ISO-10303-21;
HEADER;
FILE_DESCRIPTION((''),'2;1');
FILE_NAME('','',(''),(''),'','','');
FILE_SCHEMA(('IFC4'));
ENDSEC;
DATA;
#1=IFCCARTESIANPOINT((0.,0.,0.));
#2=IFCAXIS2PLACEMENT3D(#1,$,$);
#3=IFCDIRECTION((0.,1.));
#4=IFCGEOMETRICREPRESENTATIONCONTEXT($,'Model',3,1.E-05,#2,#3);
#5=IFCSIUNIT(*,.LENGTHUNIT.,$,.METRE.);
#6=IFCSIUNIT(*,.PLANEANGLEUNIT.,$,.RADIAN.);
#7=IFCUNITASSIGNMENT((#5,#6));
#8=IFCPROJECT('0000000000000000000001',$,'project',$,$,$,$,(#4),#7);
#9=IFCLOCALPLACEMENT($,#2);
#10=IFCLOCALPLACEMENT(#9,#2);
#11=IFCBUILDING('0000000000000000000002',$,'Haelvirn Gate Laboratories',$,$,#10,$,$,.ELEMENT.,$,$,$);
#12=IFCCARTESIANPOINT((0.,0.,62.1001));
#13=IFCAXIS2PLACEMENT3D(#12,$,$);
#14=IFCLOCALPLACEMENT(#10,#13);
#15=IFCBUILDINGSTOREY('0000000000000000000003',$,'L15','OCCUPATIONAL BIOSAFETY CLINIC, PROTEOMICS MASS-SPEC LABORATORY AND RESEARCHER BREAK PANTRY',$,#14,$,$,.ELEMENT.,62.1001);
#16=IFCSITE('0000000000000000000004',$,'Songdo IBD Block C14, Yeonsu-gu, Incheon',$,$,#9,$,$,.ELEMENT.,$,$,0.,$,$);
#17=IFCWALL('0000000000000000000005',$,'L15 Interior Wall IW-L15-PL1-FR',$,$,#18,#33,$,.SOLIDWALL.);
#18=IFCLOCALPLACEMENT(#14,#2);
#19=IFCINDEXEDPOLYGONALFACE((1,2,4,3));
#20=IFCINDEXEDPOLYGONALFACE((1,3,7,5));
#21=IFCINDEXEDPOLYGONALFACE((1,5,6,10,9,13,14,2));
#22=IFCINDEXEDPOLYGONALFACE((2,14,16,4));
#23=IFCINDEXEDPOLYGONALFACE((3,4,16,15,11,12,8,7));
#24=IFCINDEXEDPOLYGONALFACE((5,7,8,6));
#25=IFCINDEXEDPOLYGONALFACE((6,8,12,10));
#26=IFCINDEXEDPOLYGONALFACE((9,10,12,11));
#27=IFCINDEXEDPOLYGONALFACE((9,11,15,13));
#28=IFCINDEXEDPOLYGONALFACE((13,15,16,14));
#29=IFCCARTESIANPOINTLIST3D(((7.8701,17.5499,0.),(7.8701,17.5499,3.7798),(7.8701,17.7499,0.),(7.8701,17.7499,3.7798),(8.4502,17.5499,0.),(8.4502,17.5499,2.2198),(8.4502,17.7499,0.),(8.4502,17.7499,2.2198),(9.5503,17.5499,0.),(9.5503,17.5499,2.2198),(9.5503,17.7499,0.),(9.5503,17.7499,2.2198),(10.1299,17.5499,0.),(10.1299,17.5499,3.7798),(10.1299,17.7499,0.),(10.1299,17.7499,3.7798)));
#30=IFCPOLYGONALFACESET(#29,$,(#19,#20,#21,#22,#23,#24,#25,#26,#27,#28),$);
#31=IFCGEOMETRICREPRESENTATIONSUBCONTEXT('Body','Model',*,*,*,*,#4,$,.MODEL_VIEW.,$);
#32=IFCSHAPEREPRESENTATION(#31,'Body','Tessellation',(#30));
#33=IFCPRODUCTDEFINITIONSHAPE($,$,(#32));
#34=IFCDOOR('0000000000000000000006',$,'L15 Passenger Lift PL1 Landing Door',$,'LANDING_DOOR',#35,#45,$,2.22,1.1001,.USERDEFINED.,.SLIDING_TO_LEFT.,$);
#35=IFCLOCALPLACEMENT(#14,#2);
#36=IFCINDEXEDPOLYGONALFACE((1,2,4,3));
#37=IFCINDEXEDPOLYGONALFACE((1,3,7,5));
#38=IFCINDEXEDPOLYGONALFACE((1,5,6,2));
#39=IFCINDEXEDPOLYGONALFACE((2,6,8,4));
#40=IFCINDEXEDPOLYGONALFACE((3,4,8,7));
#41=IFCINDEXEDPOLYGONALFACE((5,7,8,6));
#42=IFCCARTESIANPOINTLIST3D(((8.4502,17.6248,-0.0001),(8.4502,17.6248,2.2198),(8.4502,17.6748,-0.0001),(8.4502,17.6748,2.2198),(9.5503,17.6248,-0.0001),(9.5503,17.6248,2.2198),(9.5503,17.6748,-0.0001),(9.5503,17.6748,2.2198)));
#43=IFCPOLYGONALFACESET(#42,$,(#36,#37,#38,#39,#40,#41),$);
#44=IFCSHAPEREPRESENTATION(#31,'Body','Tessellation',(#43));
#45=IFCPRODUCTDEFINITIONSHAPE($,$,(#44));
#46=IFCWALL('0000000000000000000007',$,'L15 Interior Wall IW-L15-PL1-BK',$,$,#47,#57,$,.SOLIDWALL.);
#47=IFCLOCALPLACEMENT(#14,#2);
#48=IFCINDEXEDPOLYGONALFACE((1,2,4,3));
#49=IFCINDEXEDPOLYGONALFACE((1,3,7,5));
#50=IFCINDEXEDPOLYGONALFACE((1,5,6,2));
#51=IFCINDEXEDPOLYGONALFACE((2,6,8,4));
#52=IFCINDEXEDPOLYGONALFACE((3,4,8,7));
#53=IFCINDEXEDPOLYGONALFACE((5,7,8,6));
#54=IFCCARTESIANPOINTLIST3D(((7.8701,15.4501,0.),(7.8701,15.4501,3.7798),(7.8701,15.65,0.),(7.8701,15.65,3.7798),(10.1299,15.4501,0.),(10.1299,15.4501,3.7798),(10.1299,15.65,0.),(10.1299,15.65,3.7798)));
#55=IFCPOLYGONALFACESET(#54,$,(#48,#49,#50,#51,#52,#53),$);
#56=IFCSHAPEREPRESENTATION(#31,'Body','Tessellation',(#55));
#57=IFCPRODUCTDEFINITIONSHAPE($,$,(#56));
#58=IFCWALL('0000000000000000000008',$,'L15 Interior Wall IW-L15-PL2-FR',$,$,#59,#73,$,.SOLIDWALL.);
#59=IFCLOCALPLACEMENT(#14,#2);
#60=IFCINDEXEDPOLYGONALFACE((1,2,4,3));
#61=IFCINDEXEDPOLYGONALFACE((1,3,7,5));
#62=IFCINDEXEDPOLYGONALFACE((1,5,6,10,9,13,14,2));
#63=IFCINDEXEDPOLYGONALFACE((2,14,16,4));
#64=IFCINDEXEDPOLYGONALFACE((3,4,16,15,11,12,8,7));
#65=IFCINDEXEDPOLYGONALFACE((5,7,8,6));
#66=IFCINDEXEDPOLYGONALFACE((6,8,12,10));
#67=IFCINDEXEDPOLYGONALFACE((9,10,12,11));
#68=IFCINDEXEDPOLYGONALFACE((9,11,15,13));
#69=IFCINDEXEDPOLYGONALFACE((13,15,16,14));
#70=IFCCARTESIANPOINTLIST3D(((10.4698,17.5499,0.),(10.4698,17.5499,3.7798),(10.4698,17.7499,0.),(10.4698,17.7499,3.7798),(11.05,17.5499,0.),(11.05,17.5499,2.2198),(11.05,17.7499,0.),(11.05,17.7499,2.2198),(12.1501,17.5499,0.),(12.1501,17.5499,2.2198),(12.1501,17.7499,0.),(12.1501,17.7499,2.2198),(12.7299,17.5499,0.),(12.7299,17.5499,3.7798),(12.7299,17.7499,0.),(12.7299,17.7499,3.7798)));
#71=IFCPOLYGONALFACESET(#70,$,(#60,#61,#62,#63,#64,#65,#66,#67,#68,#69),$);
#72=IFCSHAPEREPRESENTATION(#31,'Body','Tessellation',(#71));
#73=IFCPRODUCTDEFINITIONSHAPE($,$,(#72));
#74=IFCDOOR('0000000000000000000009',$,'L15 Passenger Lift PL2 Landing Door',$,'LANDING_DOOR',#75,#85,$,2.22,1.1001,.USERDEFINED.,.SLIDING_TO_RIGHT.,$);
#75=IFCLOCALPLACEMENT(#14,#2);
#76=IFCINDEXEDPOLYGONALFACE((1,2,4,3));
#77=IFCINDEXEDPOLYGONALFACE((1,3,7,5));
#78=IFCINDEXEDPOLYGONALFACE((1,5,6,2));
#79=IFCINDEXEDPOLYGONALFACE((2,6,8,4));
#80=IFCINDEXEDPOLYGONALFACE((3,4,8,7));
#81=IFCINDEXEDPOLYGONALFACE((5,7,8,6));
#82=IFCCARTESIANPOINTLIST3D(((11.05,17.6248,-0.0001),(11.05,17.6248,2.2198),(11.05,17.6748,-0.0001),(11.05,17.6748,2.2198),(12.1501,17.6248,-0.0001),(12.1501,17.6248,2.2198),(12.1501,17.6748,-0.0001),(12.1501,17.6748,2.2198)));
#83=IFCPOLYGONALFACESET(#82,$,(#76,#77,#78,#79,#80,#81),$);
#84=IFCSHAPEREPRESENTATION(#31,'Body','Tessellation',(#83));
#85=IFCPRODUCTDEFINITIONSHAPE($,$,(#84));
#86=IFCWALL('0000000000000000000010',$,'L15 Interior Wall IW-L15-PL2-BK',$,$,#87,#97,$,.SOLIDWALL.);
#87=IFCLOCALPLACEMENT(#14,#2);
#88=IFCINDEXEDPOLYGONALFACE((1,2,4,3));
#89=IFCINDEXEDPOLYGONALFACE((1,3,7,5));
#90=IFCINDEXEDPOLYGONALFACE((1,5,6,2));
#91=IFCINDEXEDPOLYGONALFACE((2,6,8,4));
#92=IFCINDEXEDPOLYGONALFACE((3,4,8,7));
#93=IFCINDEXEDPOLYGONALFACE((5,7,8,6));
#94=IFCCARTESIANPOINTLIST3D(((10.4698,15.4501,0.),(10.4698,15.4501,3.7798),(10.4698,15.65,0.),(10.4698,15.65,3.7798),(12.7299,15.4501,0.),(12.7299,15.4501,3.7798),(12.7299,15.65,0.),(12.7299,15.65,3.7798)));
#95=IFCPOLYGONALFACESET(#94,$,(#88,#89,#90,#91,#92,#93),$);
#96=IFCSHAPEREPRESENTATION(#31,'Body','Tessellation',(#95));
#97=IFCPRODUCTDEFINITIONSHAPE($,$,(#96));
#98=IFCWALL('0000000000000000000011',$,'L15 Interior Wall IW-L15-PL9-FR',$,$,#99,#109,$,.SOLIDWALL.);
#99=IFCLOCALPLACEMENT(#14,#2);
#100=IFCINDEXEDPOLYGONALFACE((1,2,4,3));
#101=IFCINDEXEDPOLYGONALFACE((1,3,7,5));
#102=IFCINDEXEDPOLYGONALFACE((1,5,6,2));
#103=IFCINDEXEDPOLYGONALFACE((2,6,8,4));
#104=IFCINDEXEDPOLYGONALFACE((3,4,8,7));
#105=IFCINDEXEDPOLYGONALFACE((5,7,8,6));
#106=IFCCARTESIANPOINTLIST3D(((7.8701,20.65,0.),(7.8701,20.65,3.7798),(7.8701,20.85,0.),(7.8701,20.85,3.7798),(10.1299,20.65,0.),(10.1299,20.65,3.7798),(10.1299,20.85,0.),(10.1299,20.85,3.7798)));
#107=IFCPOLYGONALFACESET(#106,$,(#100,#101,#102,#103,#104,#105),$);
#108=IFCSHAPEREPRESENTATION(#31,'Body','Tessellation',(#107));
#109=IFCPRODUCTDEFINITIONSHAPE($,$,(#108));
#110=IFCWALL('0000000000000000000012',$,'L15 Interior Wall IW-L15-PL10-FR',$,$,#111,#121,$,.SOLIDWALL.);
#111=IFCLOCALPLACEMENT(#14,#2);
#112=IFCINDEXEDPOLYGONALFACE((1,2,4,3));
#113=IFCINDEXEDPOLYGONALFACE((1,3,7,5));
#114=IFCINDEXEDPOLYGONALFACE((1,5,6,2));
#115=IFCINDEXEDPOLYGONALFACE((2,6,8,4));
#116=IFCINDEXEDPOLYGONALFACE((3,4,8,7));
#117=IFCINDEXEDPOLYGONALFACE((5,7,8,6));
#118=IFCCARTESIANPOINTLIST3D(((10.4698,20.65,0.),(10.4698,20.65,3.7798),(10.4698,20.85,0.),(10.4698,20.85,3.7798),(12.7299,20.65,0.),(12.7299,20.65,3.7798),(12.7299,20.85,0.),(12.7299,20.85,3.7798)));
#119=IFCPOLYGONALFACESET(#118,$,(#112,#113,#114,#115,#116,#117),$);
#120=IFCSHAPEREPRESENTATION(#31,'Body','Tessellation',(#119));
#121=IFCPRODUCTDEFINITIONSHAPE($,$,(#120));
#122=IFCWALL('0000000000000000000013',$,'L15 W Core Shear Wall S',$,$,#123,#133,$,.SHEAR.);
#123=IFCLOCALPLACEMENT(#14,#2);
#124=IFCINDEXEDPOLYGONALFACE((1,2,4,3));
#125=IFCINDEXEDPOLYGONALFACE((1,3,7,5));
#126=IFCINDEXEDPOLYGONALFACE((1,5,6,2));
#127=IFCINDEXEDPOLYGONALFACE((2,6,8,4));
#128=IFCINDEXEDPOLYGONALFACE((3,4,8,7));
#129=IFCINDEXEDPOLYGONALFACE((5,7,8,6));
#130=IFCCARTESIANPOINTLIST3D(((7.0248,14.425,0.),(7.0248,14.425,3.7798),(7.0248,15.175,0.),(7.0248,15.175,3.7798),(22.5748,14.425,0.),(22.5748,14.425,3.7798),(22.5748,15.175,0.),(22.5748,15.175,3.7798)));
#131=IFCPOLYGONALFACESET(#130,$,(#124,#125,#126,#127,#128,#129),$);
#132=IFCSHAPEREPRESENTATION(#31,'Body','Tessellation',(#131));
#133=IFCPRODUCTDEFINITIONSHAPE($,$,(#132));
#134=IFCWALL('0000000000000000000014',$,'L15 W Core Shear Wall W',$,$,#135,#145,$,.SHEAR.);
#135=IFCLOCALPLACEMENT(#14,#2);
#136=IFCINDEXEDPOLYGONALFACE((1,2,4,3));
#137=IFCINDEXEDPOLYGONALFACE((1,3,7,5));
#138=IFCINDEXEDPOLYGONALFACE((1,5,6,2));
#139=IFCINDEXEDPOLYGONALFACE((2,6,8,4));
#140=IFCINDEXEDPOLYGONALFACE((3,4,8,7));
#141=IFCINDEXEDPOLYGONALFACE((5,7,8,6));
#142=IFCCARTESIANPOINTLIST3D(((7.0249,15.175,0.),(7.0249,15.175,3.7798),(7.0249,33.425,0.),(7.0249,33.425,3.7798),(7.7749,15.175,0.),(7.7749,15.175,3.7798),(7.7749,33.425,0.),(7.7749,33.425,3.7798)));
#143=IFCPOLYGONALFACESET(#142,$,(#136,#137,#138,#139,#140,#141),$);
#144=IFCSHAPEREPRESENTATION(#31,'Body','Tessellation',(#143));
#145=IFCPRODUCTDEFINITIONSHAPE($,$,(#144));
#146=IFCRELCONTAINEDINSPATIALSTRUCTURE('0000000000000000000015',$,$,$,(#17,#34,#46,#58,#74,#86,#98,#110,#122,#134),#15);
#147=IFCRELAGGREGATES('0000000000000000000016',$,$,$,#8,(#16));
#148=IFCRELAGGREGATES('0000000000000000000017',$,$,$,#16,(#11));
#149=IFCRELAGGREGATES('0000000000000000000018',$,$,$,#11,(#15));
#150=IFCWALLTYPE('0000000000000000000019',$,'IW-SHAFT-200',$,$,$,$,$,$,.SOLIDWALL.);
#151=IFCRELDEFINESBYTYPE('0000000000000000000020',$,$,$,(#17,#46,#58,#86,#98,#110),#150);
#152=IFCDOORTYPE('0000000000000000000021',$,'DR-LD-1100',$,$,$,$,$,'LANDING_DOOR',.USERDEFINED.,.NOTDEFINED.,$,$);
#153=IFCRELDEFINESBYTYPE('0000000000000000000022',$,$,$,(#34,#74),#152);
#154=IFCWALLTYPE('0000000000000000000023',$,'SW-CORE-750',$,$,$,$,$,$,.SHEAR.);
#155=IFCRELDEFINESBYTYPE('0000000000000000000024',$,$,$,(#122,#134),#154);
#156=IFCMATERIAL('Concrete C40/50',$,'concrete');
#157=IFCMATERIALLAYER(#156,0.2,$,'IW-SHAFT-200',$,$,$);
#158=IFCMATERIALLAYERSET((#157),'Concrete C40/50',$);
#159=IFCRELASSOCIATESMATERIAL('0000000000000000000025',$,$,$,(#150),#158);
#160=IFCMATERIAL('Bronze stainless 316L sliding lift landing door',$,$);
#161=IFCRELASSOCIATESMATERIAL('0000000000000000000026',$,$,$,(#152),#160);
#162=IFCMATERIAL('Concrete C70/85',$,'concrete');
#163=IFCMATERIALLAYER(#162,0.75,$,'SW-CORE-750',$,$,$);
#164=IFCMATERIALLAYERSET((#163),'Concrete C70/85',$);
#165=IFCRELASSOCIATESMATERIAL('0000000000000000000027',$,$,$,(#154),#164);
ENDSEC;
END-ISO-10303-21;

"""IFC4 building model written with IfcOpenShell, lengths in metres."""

from ifc_helpers import new_model, si_unit, direction, frame, frame_2d, origin, place, context, subcontext, project, spatial, rectangle, extrude, source, transform, mapped, material, layer, layer_set, type_object, type_shapes, element, fill, save


model = new_model("IFC4")

# Units and contexts
model_context = context("Model", 3, precision=1e-05, world=origin(), true_north=direction((0.0, 1.0)))
body_context = subcontext(model_context, "Body", "Model", "MODEL_VIEW")
ifc_project = project(units=[si_unit("LENGTHUNIT", "METRE"), si_unit("PLANEANGLEUNIT", "RADIAN")], contexts=[model_context])

# Site, building, storey
site_placement = place(None, origin())
site = spatial("IfcSite", under=ifc_project, at=site_placement, Name="Songdo IBD Block C14, Yeonsu-gu, Incheon", CompositionType="ELEMENT", RefElevation=0.0)
building_placement = place(site_placement, origin())
building = spatial("IfcBuilding", under=site, at=building_placement, Name="Haelvirn Gate Laboratories", CompositionType="ELEMENT")
storey_placement = place(building_placement, frame((0.0, 0.0, 62.1001)))
storey = spatial("IfcBuildingStorey", under=building, at=storey_placement, Name="L15", Description="OCCUPATIONAL BIOSAFETY CLINIC, PROTEOMICS MASS-SPEC LABORATORY AND RESEARCHER BREAK PANTRY", CompositionType="ELEMENT", Elevation=62.1001)

# Shared definitions
ifc_material_1 = material(Name="Concrete C70/85", Category="concrete")

# Shared definitions
ifc_material_2 = material(Name="Concrete C40/50", Category="concrete")

# Wall, opening, door
ifc_layer_1 = layer(ifc_material_2, 0.2, Name="IW-SHAFT-200")
ifc_layer_set_1 = layer_set([ifc_layer_1], Name="Concrete C40/50")
wall_type_1 = type_object("IfcWallType", Name="IW-SHAFT-200", PredefinedType="SOLIDWALL", material=ifc_layer_set_1)
wall_1_placement = place(storey_placement, frame((7.8701, 17.6499, 0.0), z_axis=(0.0, 0.0, 1.0), x_axis=(1.0, 0.0, 0.0)))
wall_1 = element("IfcWall", 1, at=wall_1_placement, inside=storey, type_object=wall_type_1, Name="L15 Interior Wall IW-L15-PL1-FR", PredefinedType="SOLIDWALL", context=body_context, shape_type="SweptSolid", body=[
    extrude(rectangle(XDim=2.2598, YDim=0.2, at=frame_2d((1.1299, 0.0))), origin(), (0.0, 0.0, 1.0), 3.7798),
])
opening_1_placement = place(wall_1_placement, frame((0.5801, 0.0, 0.0)))
opening_1 = element("IfcOpeningElement", 2, at=opening_1_placement, cuts=wall_1, PredefinedType="OPENING", context=body_context, shape_type="SweptSolid", body=[
    extrude(rectangle(XDim=1.1001, YDim=2.22, at=frame_2d((0.55, 1.1099))), frame((0.0, 0.1099, 0.0), z_axis=(0.0, -1.0, 0.0), x_axis=(1.0, 0.0, 0.0)), (0.0, 0.0, 1.0), 0.22),
])
ifc_material_3 = material(Name="Bronze stainless 316L sliding lift landing door")
door_type_1 = type_object("IfcDoorType", Name="DR-LD-1100", ElementType="LANDING_DOOR", OperationType="NOTDEFINED", PredefinedType="USERDEFINED", material=ifc_material_3)
shared_shape_1 = source(origin(), body_context, "Body", "SweptSolid", [
    extrude(rectangle(XDim=1.1001, YDim=2.22, at=frame_2d((0.55, 1.1099))), frame((0.0, 0.0249, 0.0), z_axis=(0.0, -1.0, 0.0), x_axis=(1.0, 0.0, 0.0)), (0.0, 0.0, 1.0), 0.05),
])
type_shapes(door_type_1, [shared_shape_1])
door_1_placement = place(opening_1_placement, origin())
door_1 = element("IfcDoor", 3, at=door_1_placement, inside=storey, type_object=door_type_1, Name="L15 Passenger Lift PL1 Landing Door", ObjectType="LANDING_DOOR", OperationType="SLIDING_TO_LEFT", OverallHeight=2.22, OverallWidth=1.1001, PredefinedType="USERDEFINED", context=body_context, shape_type="MappedRepresentation", body=[
    mapped(shared_shape_1, transform((0.0, 0.0, 0.0), scale=1.0)),
])
fill(opening_1, door_1)

# Wall
wall_2_placement = place(storey_placement, frame((7.8701, 15.55, 0.0), z_axis=(0.0, 0.0, 1.0), x_axis=(1.0, 0.0, 0.0)))
element("IfcWall", 4, at=wall_2_placement, inside=storey, type_object=wall_type_1, Name="L15 Interior Wall IW-L15-PL1-BK", PredefinedType="SOLIDWALL", context=body_context, shape_type="SweptSolid", body=[
    extrude(rectangle(XDim=2.2598, YDim=0.2, at=frame_2d((1.1299, 0.0))), origin(), (0.0, 0.0, 1.0), 3.7798),
])

# Wall, opening, door
wall_3_placement = place(storey_placement, frame((10.47, 17.6499, 0.0), z_axis=(0.0, 0.0, 1.0), x_axis=(1.0, 0.0, 0.0)))
wall_3 = element("IfcWall", 5, at=wall_3_placement, inside=storey, type_object=wall_type_1, Name="L15 Interior Wall IW-L15-PL2-FR", PredefinedType="SOLIDWALL", context=body_context, shape_type="SweptSolid", body=[
    extrude(rectangle(XDim=2.26, YDim=0.2, at=frame_2d((1.1299, 0.0))), origin(), (0.0, 0.0, 1.0), 3.7798),
])
opening_2_placement = place(wall_3_placement, frame((0.5801, 0.0, 0.0)))
opening_2 = element("IfcOpeningElement", 6, at=opening_2_placement, cuts=wall_3, PredefinedType="OPENING", context=body_context, shape_type="SweptSolid", body=[
    extrude(rectangle(XDim=1.1001, YDim=2.22, at=frame_2d((0.55, 1.1099))), frame((0.0, 0.1099, 0.0), z_axis=(0.0, -1.0, 0.0), x_axis=(1.0, 0.0, 0.0)), (0.0, 0.0, 1.0), 0.22),
])
door_2_placement = place(opening_2_placement, origin())
door_2 = element("IfcDoor", 7, at=door_2_placement, inside=storey, type_object=door_type_1, Name="L15 Passenger Lift PL2 Landing Door", ObjectType="LANDING_DOOR", OperationType="SLIDING_TO_RIGHT", OverallHeight=2.22, OverallWidth=1.1001, PredefinedType="USERDEFINED", context=body_context, shape_type="MappedRepresentation", body=[
    mapped(shared_shape_1, transform((0.0, 0.0, 0.0), scale=1.0)),
])
fill(opening_2, door_2)

# Walls
wall_4_placement = place(storey_placement, frame((10.47, 15.55, 0.0), z_axis=(0.0, 0.0, 1.0), x_axis=(1.0, 0.0, 0.0)))
element("IfcWall", 8, at=wall_4_placement, inside=storey, type_object=wall_type_1, Name="L15 Interior Wall IW-L15-PL2-BK", PredefinedType="SOLIDWALL", context=body_context, shape_type="SweptSolid", body=[
    extrude(rectangle(XDim=2.26, YDim=0.2, at=frame_2d((1.1299, 0.0))), origin(), (0.0, 0.0, 1.0), 3.7798),
])
wall_5_placement = place(storey_placement, frame((7.8701, 20.75, 0.0), z_axis=(0.0, 0.0, 1.0), x_axis=(1.0, 0.0, 0.0)))
element("IfcWall", 9, at=wall_5_placement, inside=storey, type_object=wall_type_1, Name="L15 Interior Wall IW-L15-PL9-FR", PredefinedType="SOLIDWALL", context=body_context, shape_type="SweptSolid", body=[
    extrude(rectangle(XDim=2.2598, YDim=0.2, at=frame_2d((1.1299, 0.0))), origin(), (0.0, 0.0, 1.0), 3.7798),
])
wall_6_placement = place(storey_placement, frame((10.47, 20.75, 0.0), z_axis=(0.0, 0.0, 1.0), x_axis=(1.0, 0.0, 0.0)))
element("IfcWall", 10, at=wall_6_placement, inside=storey, type_object=wall_type_1, Name="L15 Interior Wall IW-L15-PL10-FR", PredefinedType="SOLIDWALL", context=body_context, shape_type="SweptSolid", body=[
    extrude(rectangle(XDim=2.26, YDim=0.2, at=frame_2d((1.1299, 0.0))), origin(), (0.0, 0.0, 1.0), 3.7798),
])
ifc_layer_2 = layer(ifc_material_1, 0.75, Name="SW-CORE-750")
ifc_layer_set_2 = layer_set([ifc_layer_2], Name="Concrete C70/85")
wall_type_2 = type_object("IfcWallType", Name="SW-CORE-750", PredefinedType="SHEAR", material=ifc_layer_set_2)
wall_7_placement = place(storey_placement, frame((7.0249, 14.8, 0.0), z_axis=(0.0, 0.0, 1.0), x_axis=(1.0, 0.0, 0.0)))
element("IfcWall", 11, at=wall_7_placement, inside=storey, type_object=wall_type_2, Name="L15 W Core Shear Wall S", PredefinedType="SHEAR", context=body_context, shape_type="SweptSolid", body=[
    extrude(rectangle(XDim=15.55, YDim=0.75, at=frame_2d((7.7749, 0.0))), origin(), (0.0, 0.0, 1.0), 3.7798),
])
wall_8_placement = place(storey_placement, frame((7.3999, 15.175, 0.0), z_axis=(0.0, 0.0, 1.0), x_axis=(0.0, 1.0, 0.0)))
element("IfcWall", 12, at=wall_8_placement, inside=storey, type_object=wall_type_2, Name="L15 W Core Shear Wall W", PredefinedType="SHEAR", context=body_context, shape_type="SweptSolid", body=[
    extrude(rectangle(XDim=18.25, YDim=0.75, at=frame_2d((9.125, 0.0))), origin(), (0.0, 0.0, 1.0), 3.7798),
])

save(model, "model.ifc")
